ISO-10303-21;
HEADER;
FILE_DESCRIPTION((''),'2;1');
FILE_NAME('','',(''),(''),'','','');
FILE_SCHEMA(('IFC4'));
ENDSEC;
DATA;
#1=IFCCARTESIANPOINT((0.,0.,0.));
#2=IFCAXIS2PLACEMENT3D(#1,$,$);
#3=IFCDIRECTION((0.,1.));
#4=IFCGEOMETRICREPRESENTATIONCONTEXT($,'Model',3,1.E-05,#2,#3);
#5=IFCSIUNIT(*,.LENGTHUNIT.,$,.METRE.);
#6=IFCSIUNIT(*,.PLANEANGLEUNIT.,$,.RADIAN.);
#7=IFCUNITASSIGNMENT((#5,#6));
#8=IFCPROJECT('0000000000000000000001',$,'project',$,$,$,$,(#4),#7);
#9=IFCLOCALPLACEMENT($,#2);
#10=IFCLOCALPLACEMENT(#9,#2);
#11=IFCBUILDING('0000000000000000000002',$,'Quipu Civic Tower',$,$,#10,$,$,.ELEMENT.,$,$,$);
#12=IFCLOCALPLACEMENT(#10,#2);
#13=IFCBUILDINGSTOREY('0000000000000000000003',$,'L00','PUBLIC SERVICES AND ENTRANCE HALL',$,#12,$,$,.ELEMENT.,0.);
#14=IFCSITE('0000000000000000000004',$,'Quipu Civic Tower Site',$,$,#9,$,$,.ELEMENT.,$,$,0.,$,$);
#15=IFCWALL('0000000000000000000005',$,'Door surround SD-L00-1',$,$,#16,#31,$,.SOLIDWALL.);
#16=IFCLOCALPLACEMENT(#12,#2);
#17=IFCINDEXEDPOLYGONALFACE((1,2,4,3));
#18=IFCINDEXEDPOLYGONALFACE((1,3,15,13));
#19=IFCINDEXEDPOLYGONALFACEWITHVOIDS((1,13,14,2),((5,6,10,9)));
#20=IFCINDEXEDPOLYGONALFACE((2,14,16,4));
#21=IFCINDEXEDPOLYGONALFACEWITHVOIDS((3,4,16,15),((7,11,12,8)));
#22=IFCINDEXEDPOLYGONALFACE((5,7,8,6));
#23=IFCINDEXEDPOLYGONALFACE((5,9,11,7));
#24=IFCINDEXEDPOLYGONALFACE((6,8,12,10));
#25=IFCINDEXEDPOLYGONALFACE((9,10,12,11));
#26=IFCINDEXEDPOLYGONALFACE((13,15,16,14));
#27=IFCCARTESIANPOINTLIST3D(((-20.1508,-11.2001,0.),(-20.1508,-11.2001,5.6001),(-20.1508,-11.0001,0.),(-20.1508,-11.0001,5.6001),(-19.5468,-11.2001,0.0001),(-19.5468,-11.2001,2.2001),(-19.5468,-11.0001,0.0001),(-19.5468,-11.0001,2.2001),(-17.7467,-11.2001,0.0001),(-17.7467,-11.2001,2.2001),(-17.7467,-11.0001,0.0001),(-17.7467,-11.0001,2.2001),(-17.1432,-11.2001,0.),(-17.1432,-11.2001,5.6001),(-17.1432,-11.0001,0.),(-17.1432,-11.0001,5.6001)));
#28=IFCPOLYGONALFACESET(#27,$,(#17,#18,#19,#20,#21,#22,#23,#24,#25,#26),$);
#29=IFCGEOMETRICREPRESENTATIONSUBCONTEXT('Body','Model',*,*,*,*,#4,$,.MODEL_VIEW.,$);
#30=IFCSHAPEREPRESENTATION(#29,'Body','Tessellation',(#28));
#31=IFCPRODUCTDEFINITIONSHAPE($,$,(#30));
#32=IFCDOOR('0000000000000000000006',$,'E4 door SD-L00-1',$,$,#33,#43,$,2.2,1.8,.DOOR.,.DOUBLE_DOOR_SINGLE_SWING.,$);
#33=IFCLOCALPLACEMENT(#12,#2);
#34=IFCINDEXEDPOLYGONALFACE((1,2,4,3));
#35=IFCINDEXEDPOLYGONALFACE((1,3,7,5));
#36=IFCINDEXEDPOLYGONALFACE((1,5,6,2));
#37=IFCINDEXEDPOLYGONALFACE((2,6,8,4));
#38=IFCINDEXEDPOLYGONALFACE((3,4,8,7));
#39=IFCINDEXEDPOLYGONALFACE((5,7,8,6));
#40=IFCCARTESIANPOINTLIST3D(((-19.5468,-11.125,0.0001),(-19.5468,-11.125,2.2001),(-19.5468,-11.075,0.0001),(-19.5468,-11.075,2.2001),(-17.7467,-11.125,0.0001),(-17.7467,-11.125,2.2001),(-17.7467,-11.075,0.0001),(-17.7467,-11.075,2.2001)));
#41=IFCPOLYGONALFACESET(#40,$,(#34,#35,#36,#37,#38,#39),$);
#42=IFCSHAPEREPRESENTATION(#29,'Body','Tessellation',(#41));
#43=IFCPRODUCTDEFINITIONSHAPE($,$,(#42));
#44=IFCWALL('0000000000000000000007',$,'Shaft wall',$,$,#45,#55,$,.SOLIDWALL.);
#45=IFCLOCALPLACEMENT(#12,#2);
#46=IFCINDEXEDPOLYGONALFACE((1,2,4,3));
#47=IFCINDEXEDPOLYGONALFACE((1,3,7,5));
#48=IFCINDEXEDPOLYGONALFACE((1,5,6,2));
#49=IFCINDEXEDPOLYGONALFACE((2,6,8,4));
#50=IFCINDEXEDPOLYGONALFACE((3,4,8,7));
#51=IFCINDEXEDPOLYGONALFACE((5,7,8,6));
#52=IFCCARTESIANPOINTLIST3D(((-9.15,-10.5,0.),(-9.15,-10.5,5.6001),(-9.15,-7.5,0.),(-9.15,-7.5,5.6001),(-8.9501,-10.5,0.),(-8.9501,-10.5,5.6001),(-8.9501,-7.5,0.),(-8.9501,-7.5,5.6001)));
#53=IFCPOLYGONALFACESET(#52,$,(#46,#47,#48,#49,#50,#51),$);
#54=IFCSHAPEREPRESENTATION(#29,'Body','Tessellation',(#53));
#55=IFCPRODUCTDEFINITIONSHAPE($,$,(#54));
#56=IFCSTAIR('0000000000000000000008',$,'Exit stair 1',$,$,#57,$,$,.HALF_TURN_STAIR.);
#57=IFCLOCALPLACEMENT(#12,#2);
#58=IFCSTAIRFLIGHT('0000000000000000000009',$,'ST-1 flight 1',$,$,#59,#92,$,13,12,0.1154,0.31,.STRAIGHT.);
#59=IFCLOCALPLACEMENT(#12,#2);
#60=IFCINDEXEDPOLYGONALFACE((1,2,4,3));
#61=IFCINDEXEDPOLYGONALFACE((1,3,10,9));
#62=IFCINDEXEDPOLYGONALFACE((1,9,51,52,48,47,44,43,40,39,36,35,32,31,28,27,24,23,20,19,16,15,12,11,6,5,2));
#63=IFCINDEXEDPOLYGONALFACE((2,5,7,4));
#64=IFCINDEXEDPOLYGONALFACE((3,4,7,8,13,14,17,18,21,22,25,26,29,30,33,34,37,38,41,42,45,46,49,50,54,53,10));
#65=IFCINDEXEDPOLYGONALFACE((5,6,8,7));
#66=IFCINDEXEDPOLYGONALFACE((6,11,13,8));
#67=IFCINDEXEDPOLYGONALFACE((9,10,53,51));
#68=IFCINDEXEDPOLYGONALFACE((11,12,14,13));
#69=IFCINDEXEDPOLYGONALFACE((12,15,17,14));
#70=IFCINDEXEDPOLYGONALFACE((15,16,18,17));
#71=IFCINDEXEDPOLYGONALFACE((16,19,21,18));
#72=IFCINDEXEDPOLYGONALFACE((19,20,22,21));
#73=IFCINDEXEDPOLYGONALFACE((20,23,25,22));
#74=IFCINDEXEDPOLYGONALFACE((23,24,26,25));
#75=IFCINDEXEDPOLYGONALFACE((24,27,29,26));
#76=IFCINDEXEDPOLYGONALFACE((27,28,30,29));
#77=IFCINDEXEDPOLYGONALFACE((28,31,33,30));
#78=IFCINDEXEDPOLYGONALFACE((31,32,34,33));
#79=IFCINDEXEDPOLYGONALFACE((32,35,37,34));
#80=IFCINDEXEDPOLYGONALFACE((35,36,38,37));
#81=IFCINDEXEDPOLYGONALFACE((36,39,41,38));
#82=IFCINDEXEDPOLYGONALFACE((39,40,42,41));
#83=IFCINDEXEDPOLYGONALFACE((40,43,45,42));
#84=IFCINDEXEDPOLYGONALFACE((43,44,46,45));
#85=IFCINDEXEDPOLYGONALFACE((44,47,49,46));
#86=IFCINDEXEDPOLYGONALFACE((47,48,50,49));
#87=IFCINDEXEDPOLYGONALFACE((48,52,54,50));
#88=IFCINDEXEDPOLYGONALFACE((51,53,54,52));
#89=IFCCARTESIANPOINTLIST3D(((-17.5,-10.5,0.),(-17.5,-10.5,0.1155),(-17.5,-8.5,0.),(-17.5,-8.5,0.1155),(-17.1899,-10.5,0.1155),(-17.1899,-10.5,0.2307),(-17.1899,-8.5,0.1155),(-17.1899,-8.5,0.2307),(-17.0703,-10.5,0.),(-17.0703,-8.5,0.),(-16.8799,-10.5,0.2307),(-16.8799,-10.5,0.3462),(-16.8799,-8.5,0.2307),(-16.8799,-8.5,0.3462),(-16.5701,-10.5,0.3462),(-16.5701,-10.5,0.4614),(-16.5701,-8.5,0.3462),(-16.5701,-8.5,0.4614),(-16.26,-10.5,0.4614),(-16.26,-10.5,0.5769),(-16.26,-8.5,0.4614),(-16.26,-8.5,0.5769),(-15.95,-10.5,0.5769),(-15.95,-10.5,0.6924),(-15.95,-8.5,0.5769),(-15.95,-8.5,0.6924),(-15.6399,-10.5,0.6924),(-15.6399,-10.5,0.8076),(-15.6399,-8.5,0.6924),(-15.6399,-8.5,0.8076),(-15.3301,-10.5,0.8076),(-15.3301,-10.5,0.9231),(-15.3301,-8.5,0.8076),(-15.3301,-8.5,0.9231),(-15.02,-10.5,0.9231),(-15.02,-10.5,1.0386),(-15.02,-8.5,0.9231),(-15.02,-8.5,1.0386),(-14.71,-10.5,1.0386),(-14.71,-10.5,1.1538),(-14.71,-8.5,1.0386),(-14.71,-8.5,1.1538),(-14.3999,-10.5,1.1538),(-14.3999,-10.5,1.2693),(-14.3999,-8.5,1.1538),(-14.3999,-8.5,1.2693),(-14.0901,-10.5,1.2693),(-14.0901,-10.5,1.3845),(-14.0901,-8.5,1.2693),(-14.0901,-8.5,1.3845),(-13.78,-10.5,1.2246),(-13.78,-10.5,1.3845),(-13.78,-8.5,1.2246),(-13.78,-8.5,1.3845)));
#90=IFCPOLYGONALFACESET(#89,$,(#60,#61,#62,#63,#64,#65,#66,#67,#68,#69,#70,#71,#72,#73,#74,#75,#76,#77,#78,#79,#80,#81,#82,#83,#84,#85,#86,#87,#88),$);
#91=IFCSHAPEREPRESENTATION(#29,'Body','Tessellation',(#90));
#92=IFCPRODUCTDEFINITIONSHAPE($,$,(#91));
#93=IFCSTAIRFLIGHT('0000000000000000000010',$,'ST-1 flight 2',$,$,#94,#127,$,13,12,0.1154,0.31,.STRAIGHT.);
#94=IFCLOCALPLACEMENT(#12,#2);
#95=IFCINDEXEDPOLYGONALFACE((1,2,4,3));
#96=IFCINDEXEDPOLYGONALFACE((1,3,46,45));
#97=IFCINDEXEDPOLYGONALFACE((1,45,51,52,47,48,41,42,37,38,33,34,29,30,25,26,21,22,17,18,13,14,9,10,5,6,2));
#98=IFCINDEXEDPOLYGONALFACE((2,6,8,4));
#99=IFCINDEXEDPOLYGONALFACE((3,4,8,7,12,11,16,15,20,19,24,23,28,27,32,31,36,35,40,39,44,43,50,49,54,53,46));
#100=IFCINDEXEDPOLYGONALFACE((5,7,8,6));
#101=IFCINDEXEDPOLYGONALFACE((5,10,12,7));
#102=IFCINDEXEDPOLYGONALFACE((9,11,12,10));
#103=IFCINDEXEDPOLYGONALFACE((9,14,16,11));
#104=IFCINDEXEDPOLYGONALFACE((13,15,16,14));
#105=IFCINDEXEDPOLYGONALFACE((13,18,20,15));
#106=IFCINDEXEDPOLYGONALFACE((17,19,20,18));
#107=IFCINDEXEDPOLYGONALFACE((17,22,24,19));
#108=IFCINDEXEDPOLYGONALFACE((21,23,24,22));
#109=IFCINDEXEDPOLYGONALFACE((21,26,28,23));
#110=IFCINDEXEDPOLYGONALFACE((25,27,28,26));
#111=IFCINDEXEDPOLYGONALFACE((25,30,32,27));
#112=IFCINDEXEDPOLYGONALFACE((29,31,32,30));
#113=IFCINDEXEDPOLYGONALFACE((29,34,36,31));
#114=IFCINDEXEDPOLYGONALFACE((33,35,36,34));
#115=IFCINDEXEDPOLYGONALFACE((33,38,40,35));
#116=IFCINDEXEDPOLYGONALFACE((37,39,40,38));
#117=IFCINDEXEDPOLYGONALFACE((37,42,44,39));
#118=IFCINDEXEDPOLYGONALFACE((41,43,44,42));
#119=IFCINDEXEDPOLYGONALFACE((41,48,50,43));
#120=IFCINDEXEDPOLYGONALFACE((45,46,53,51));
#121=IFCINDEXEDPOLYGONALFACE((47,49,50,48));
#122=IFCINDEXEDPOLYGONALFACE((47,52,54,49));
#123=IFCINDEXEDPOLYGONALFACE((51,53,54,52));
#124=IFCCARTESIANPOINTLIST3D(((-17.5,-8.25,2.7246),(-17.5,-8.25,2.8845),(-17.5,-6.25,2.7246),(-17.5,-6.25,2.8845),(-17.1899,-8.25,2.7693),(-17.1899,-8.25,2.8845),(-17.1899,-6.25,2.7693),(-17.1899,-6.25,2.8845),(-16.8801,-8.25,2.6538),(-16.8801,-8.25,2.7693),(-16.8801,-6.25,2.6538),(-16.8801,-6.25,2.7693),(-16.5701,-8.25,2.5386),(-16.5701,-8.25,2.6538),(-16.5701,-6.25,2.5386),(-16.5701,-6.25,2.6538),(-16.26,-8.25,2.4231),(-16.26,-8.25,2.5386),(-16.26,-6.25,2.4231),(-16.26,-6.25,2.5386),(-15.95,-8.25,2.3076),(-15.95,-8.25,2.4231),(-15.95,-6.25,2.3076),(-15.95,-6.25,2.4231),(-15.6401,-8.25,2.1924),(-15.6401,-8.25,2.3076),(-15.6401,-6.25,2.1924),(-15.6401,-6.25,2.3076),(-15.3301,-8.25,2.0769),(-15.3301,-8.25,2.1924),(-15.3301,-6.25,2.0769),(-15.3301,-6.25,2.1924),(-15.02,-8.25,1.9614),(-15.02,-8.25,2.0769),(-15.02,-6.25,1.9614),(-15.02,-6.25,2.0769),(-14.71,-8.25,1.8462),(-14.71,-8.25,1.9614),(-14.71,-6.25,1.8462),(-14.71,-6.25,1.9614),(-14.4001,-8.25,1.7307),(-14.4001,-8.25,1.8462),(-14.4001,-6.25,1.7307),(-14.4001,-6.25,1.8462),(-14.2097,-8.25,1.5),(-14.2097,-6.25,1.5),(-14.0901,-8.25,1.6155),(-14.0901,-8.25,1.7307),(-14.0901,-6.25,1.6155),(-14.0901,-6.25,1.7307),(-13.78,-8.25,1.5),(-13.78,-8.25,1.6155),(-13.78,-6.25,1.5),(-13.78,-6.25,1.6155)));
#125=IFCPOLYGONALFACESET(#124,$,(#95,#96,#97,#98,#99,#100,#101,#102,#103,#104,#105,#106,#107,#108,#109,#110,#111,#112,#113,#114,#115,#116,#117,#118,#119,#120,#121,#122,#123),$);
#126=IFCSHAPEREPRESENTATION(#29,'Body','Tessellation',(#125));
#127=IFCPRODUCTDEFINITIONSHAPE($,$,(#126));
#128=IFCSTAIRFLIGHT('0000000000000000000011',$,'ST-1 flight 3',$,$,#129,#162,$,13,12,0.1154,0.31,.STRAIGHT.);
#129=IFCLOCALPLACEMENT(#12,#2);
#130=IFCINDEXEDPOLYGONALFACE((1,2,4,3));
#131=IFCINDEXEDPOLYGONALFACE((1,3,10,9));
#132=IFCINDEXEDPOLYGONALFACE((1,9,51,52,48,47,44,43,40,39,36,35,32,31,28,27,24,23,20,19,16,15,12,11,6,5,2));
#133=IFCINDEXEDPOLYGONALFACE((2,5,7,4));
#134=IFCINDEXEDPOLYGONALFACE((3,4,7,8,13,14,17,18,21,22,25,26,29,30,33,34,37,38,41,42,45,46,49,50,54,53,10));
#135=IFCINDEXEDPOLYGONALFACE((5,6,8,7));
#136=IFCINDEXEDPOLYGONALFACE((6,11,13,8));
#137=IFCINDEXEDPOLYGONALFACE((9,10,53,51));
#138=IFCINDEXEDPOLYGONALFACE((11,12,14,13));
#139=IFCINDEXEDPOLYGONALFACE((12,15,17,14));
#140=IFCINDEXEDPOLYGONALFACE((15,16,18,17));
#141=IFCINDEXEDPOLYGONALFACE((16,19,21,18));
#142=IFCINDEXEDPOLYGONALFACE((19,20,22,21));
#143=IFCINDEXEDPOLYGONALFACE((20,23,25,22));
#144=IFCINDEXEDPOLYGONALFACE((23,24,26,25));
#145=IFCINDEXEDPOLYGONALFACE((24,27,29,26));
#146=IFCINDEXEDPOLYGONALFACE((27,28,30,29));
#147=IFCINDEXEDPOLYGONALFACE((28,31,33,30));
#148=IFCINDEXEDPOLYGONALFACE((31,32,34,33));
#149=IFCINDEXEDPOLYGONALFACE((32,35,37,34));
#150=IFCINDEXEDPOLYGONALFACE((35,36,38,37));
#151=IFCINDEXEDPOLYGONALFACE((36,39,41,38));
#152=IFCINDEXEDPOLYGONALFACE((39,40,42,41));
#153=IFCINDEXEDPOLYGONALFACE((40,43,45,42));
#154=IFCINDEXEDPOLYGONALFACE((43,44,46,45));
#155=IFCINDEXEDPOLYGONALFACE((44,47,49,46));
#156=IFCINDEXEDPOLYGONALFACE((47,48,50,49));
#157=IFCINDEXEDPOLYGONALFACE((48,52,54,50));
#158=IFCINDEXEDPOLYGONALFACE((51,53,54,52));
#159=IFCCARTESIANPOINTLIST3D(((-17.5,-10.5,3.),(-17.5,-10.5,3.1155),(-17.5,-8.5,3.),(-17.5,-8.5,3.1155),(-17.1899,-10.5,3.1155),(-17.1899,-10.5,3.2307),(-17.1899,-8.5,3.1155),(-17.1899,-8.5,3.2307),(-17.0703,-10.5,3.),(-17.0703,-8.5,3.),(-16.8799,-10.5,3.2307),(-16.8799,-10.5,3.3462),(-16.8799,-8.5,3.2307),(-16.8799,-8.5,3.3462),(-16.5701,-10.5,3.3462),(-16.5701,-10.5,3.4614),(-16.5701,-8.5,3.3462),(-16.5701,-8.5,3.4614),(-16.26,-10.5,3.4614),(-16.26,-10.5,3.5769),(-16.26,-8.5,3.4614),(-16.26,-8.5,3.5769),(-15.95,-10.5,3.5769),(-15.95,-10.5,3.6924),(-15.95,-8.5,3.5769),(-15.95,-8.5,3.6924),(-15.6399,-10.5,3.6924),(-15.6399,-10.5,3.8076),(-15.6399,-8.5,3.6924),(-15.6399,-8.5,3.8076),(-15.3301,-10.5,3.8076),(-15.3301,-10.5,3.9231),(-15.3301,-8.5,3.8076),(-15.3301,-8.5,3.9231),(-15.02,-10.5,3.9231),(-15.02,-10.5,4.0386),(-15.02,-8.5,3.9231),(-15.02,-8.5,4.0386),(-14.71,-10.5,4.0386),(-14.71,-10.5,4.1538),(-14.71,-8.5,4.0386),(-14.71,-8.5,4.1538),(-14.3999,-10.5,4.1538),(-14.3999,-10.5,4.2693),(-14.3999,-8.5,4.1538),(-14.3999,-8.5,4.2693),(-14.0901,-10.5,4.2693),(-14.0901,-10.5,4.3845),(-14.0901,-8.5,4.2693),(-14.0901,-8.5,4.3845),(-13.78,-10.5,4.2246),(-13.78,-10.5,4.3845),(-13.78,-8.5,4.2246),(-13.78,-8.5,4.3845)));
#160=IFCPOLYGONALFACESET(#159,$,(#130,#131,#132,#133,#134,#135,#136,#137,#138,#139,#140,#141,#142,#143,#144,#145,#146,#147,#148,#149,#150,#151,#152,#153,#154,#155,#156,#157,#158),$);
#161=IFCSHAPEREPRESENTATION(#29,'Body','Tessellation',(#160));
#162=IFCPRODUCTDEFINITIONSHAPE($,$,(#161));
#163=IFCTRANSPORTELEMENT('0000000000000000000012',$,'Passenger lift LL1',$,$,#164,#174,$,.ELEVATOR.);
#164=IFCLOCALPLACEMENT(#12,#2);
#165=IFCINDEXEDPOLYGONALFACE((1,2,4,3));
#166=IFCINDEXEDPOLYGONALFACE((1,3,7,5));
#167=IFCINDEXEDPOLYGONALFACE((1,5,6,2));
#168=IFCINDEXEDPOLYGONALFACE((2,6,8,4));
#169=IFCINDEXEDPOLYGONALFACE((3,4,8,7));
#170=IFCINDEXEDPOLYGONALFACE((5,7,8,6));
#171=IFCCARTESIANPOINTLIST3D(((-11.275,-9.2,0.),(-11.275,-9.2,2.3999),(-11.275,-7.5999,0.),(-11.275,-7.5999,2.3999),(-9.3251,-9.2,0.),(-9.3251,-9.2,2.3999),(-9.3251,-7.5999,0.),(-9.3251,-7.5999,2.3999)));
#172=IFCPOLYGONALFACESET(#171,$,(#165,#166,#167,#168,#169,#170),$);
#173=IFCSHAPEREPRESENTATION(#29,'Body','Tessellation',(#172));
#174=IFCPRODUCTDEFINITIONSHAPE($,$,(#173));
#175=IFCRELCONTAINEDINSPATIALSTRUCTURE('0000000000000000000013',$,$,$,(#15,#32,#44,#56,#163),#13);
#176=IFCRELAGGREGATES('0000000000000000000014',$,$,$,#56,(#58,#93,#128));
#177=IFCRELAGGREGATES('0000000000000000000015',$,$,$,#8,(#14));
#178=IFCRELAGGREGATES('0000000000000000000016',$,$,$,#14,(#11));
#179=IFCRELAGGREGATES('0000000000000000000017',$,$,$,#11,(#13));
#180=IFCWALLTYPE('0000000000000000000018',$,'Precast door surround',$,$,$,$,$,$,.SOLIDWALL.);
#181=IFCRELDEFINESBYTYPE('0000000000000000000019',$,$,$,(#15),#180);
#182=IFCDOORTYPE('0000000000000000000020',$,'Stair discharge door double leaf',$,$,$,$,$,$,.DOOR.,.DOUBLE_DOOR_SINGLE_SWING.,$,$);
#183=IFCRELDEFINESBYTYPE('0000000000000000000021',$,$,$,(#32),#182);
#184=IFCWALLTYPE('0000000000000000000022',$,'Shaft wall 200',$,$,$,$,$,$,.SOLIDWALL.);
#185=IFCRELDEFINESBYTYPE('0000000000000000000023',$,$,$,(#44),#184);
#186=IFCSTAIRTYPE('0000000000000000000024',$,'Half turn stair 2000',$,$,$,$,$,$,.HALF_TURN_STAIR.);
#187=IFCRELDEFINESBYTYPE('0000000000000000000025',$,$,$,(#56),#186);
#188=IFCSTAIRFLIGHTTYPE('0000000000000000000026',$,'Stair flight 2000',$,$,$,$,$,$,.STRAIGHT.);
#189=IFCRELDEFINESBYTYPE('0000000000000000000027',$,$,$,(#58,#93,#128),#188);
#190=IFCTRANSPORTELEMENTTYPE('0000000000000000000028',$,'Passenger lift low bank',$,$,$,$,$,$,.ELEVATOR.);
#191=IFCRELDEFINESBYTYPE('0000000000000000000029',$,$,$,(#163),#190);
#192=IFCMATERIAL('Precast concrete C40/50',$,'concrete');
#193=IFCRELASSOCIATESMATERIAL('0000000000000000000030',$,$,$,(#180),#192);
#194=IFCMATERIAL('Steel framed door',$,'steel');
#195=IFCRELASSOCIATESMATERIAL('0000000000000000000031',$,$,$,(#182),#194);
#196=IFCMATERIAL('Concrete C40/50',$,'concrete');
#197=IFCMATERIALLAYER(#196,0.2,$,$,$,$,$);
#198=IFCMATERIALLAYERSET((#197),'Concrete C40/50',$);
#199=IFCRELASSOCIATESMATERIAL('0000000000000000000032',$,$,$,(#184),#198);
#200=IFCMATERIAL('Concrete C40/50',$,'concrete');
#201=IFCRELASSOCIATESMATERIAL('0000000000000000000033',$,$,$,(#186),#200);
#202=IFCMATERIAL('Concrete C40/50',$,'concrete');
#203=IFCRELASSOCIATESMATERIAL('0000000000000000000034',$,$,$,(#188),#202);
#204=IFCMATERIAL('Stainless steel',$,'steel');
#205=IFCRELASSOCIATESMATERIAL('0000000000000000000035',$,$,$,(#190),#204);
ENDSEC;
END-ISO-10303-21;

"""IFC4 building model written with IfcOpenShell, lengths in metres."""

from ifc_helpers import new_model, si_unit, direction, frame, frame_2d, origin, origin_2d, place, context, subcontext, project, spatial, polyline, rectangle, outline, extrude, material, layer, layer_set, type_object, element, fill, aggregate, save


model = new_model("IFC4")

# Units and contexts
model_context = context("Model", 3, precision=1e-05, world=origin(), true_north=direction((0.0, 1.0)))
body_context = subcontext(model_context, "Body", "Model", "MODEL_VIEW")
ifc_project = project(units=[si_unit("LENGTHUNIT", "METRE"), si_unit("PLANEANGLEUNIT", "RADIAN")], contexts=[model_context])

# Site, building, storey
site_placement = place(None, origin())
site = spatial("IfcSite", under=ifc_project, at=site_placement, Name="Quipu Civic Tower Site", CompositionType="ELEMENT", RefElevation=0.0)
building_placement = place(site_placement, origin())
building = spatial("IfcBuilding", under=site, at=building_placement, Name="Quipu Civic Tower", CompositionType="ELEMENT")
storey_placement = place(building_placement, origin())
storey = spatial("IfcBuildingStorey", under=building, at=storey_placement, Name="L00", Description="PUBLIC SERVICES AND ENTRANCE HALL", CompositionType="ELEMENT", Elevation=0.0)

# Wall, opening, door
ifc_material_1 = material(Name="Precast concrete C40/50", Category="concrete")
wall_type_1 = type_object("IfcWallType", Name="Precast door surround", PredefinedType="SOLIDWALL", material=ifc_material_1)
wall_1_placement = place(storey_placement, frame((-17.1431, -11.1001, 0.0), z_axis=(0.0, 0.0, 1.0), x_axis=(-1.0, 0.0, 0.0)))
wall_1 = element("IfcWall", 1, at=wall_1_placement, inside=storey, type_object=wall_type_1, Name="Door surround SD-L00-1", PredefinedType="SOLIDWALL", context=body_context, shape_type="SweptSolid", body=[
    extrude(rectangle(XDim=3.0076, YDim=0.2, at=frame_2d((1.5039, 0.0))), origin(), (0.0, 0.0, 1.0), 5.6001),
])
opening_placement = place(wall_1_placement, frame((0.6038, 0.0, 0.0)))
opening = element("IfcOpeningElement", 2, at=opening_placement, cuts=wall_1, PredefinedType="OPENING", context=body_context, shape_type="SweptSolid", body=[
    extrude(rectangle(XDim=1.8, YDim=2.2, at=frame_2d((0.8999, 1.1001))), frame((0.0, 0.1099, 0.0), z_axis=(0.0, -1.0, 0.0), x_axis=(1.0, 0.0, 0.0)), (0.0, 0.0, 1.0), 0.22),
])
ifc_material_2 = material(Name="Steel framed door", Category="steel")
door_type = type_object("IfcDoorType", Name="Stair discharge door double leaf", OperationType="DOUBLE_DOOR_SINGLE_SWING", PredefinedType="DOOR", material=ifc_material_2)
door_placement = place(opening_placement, origin())
door = element("IfcDoor", 3, at=door_placement, inside=storey, type_object=door_type, Name="E4 door SD-L00-1", OperationType="DOUBLE_DOOR_SINGLE_SWING", OverallHeight=2.2, OverallWidth=1.8, PredefinedType="DOOR", context=body_context, shape_type="SweptSolid", body=[
    extrude(rectangle(XDim=1.8, YDim=2.2, at=frame_2d((0.8999, 1.1001))), frame((0.0, 0.0249, 0.0), z_axis=(0.0, -1.0, 0.0), x_axis=(1.0, 0.0, 0.0)), (0.0, 0.0, 1.0), 0.05),
])
fill(opening, door)

# Wall
ifc_material_3 = material(Name="Concrete C40/50", Category="concrete")
ifc_layer_1 = layer(ifc_material_3, 0.2)
ifc_layer_set_1 = layer_set([ifc_layer_1], Name="Concrete C40/50")
wall_type_2 = type_object("IfcWallType", Name="Shaft wall 200", PredefinedType="SOLIDWALL", material=ifc_layer_set_1)
wall_2_placement = place(storey_placement, frame((-9.05, -10.5, 0.0), z_axis=(0.0, 0.0, 1.0), x_axis=(0.0, 1.0, 0.0)))
element("IfcWall", 4, at=wall_2_placement, inside=storey, type_object=wall_type_2, Name="Shaft wall", PredefinedType="SOLIDWALL", context=body_context, shape_type="SweptSolid", body=[
    extrude(rectangle(XDim=3.0, YDim=0.2, at=frame_2d((1.5, 0.0))), origin(), (0.0, 0.0, 1.0), 5.6001),
])

# Stair, stair flights
ifc_material_4 = material(Name="Concrete C40/50", Category="concrete")
stair_type = type_object("IfcStairType", Name="Half turn stair 2000", PredefinedType="HALF_TURN_STAIR", material=ifc_material_4)
stair_placement = place(storey_placement, origin())
stair = element("IfcStair", 5, at=stair_placement, inside=storey, type_object=stair_type, Name="Exit stair 1", PredefinedType="HALF_TURN_STAIR")
ifc_material_5 = material(Name="Concrete C40/50", Category="concrete")
stair_flight_type = type_object("IfcStairFlightType", Name="Stair flight 2000", PredefinedType="STRAIGHT", material=ifc_material_5)
stair_flight_1_placement = place(storey_placement, frame((-17.5, -9.5, 0.0), z_axis=(0.0, 0.0, 1.0), x_axis=(1.0, 0.0, 0.0)))
stair_flight_1 = element("IfcStairFlight", 6, at=stair_flight_1_placement, type_object=stair_flight_type, Name="ST-1 flight 1", NumberOfRisers=13, NumberOfTreads=12, PredefinedType="STRAIGHT", RiserHeight=0.1154, TreadLength=0.31, context=body_context, shape_type="SweptSolid", body=[
    extrude(outline(polyline([(0.0, 0.0), (0.0, 0.1155), (0.3101, 0.1155), (0.3101, 0.2307), (0.6201, 0.2307), (0.6201, 0.3462), (0.9299, 0.3462), (0.9299, 0.4614), (1.24, 0.4614), (1.24, 0.5769), (1.55, 0.5769), (1.55, 0.6924), (1.8601, 0.6924), (1.8601, 0.8076), (2.1699, 0.8076), (2.1699, 0.9231), (2.48, 0.9231), (2.48, 1.0386), (2.79, 1.0386), (2.79, 1.1538), (3.1001, 1.1538), (3.1001, 1.2693), (3.4099, 1.2693), (3.4099, 1.3845), (3.72, 1.3845), (3.72, 1.5), (3.72, 1.2246), (0.4297, 0.0), (0.0, 0.0)])), frame((0.0, 1.0, 0.0), z_axis=(0.0, -1.0, 0.0), x_axis=(1.0, 0.0, 0.0)), (0.0, 0.0, 1.0), 2.0),
])
stair_flight_2_placement = place(storey_placement, frame((-13.78, -7.25, 1.5), z_axis=(0.0, 0.0, 1.0), x_axis=(-1.0, 0.0, 0.0)))
stair_flight_2 = element("IfcStairFlight", 7, at=stair_flight_2_placement, type_object=stair_flight_type, Name="ST-1 flight 2", NumberOfRisers=13, NumberOfTreads=12, PredefinedType="STRAIGHT", RiserHeight=0.1154, TreadLength=0.31, context=body_context, shape_type="SweptSolid", body=[
    extrude(outline(polyline([(0.0, 0.0), (0.0, 0.1155), (0.3101, 0.1155), (0.3101, 0.2307), (0.6201, 0.2307), (0.6201, 0.3462), (0.9299, 0.3462), (0.9299, 0.4614), (1.24, 0.4614), (1.24, 0.5769), (1.55, 0.5769), (1.55, 0.6924), (1.8601, 0.6924), (1.8601, 0.8076), (2.1699, 0.8076), (2.1699, 0.9231), (2.48, 0.9231), (2.48, 1.0386), (2.79, 1.0386), (2.79, 1.1538), (3.1001, 1.1538), (3.1001, 1.2693), (3.4099, 1.2693), (3.4099, 1.3845), (3.72, 1.3845), (3.72, 1.5), (3.72, 1.2246), (0.4297, 0.0), (0.0, 0.0)])), frame((0.0, 1.0, 0.0), z_axis=(0.0, -1.0, 0.0), x_axis=(1.0, 0.0, 0.0)), (0.0, 0.0, 1.0), 2.0),
])
stair_flight_3_placement = place(storey_placement, frame((-17.5, -9.5, 3.0), z_axis=(0.0, 0.0, 1.0), x_axis=(1.0, 0.0, 0.0)))
stair_flight_3 = element("IfcStairFlight", 8, at=stair_flight_3_placement, type_object=stair_flight_type, Name="ST-1 flight 3", NumberOfRisers=13, NumberOfTreads=12, PredefinedType="STRAIGHT", RiserHeight=0.1154, TreadLength=0.31, context=body_context, shape_type="SweptSolid", body=[
    extrude(outline(polyline([(0.0, 0.0), (0.0, 0.1155), (0.3101, 0.1155), (0.3101, 0.2307), (0.6201, 0.2307), (0.6201, 0.3462), (0.9299, 0.3462), (0.9299, 0.4614), (1.24, 0.4614), (1.24, 0.5769), (1.55, 0.5769), (1.55, 0.6924), (1.8601, 0.6924), (1.8601, 0.8076), (2.1699, 0.8076), (2.1699, 0.9231), (2.48, 0.9231), (2.48, 1.0386), (2.79, 1.0386), (2.79, 1.1538), (3.1001, 1.1538), (3.1001, 1.2693), (3.4099, 1.2693), (3.4099, 1.3845), (3.72, 1.3845), (3.72, 1.5), (3.72, 1.2246), (0.4297, 0.0), (0.0, 0.0)])), frame((0.0, 1.0, 0.0), z_axis=(0.0, -1.0, 0.0), x_axis=(1.0, 0.0, 0.0)), (0.0, 0.0, 1.0), 2.0),
])
aggregate(stair, [stair_flight_1, stair_flight_2, stair_flight_3])

# Transport element
ifc_material_6 = material(Name="Stainless steel", Category="steel")
transport_element_type = type_object("IfcTransportElementType", Name="Passenger lift low bank", PredefinedType="ELEVATOR", material=ifc_material_6)
transport_element_placement = place(storey_placement, frame((-10.3, -8.3999, 0.0), z_axis=(0.0, 0.0, 1.0), x_axis=(1.0, 0.0, 0.0)))
element("IfcTransportElement", 9, at=transport_element_placement, inside=storey, type_object=transport_element_type, Name="Passenger lift LL1", PredefinedType="ELEVATOR", context=body_context, shape_type="SweptSolid", body=[
    extrude(rectangle(XDim=1.95, YDim=1.6001, at=origin_2d()), origin(), (0.0, 0.0, 1.0), 2.3999),
])

save(model, "model.ifc")
